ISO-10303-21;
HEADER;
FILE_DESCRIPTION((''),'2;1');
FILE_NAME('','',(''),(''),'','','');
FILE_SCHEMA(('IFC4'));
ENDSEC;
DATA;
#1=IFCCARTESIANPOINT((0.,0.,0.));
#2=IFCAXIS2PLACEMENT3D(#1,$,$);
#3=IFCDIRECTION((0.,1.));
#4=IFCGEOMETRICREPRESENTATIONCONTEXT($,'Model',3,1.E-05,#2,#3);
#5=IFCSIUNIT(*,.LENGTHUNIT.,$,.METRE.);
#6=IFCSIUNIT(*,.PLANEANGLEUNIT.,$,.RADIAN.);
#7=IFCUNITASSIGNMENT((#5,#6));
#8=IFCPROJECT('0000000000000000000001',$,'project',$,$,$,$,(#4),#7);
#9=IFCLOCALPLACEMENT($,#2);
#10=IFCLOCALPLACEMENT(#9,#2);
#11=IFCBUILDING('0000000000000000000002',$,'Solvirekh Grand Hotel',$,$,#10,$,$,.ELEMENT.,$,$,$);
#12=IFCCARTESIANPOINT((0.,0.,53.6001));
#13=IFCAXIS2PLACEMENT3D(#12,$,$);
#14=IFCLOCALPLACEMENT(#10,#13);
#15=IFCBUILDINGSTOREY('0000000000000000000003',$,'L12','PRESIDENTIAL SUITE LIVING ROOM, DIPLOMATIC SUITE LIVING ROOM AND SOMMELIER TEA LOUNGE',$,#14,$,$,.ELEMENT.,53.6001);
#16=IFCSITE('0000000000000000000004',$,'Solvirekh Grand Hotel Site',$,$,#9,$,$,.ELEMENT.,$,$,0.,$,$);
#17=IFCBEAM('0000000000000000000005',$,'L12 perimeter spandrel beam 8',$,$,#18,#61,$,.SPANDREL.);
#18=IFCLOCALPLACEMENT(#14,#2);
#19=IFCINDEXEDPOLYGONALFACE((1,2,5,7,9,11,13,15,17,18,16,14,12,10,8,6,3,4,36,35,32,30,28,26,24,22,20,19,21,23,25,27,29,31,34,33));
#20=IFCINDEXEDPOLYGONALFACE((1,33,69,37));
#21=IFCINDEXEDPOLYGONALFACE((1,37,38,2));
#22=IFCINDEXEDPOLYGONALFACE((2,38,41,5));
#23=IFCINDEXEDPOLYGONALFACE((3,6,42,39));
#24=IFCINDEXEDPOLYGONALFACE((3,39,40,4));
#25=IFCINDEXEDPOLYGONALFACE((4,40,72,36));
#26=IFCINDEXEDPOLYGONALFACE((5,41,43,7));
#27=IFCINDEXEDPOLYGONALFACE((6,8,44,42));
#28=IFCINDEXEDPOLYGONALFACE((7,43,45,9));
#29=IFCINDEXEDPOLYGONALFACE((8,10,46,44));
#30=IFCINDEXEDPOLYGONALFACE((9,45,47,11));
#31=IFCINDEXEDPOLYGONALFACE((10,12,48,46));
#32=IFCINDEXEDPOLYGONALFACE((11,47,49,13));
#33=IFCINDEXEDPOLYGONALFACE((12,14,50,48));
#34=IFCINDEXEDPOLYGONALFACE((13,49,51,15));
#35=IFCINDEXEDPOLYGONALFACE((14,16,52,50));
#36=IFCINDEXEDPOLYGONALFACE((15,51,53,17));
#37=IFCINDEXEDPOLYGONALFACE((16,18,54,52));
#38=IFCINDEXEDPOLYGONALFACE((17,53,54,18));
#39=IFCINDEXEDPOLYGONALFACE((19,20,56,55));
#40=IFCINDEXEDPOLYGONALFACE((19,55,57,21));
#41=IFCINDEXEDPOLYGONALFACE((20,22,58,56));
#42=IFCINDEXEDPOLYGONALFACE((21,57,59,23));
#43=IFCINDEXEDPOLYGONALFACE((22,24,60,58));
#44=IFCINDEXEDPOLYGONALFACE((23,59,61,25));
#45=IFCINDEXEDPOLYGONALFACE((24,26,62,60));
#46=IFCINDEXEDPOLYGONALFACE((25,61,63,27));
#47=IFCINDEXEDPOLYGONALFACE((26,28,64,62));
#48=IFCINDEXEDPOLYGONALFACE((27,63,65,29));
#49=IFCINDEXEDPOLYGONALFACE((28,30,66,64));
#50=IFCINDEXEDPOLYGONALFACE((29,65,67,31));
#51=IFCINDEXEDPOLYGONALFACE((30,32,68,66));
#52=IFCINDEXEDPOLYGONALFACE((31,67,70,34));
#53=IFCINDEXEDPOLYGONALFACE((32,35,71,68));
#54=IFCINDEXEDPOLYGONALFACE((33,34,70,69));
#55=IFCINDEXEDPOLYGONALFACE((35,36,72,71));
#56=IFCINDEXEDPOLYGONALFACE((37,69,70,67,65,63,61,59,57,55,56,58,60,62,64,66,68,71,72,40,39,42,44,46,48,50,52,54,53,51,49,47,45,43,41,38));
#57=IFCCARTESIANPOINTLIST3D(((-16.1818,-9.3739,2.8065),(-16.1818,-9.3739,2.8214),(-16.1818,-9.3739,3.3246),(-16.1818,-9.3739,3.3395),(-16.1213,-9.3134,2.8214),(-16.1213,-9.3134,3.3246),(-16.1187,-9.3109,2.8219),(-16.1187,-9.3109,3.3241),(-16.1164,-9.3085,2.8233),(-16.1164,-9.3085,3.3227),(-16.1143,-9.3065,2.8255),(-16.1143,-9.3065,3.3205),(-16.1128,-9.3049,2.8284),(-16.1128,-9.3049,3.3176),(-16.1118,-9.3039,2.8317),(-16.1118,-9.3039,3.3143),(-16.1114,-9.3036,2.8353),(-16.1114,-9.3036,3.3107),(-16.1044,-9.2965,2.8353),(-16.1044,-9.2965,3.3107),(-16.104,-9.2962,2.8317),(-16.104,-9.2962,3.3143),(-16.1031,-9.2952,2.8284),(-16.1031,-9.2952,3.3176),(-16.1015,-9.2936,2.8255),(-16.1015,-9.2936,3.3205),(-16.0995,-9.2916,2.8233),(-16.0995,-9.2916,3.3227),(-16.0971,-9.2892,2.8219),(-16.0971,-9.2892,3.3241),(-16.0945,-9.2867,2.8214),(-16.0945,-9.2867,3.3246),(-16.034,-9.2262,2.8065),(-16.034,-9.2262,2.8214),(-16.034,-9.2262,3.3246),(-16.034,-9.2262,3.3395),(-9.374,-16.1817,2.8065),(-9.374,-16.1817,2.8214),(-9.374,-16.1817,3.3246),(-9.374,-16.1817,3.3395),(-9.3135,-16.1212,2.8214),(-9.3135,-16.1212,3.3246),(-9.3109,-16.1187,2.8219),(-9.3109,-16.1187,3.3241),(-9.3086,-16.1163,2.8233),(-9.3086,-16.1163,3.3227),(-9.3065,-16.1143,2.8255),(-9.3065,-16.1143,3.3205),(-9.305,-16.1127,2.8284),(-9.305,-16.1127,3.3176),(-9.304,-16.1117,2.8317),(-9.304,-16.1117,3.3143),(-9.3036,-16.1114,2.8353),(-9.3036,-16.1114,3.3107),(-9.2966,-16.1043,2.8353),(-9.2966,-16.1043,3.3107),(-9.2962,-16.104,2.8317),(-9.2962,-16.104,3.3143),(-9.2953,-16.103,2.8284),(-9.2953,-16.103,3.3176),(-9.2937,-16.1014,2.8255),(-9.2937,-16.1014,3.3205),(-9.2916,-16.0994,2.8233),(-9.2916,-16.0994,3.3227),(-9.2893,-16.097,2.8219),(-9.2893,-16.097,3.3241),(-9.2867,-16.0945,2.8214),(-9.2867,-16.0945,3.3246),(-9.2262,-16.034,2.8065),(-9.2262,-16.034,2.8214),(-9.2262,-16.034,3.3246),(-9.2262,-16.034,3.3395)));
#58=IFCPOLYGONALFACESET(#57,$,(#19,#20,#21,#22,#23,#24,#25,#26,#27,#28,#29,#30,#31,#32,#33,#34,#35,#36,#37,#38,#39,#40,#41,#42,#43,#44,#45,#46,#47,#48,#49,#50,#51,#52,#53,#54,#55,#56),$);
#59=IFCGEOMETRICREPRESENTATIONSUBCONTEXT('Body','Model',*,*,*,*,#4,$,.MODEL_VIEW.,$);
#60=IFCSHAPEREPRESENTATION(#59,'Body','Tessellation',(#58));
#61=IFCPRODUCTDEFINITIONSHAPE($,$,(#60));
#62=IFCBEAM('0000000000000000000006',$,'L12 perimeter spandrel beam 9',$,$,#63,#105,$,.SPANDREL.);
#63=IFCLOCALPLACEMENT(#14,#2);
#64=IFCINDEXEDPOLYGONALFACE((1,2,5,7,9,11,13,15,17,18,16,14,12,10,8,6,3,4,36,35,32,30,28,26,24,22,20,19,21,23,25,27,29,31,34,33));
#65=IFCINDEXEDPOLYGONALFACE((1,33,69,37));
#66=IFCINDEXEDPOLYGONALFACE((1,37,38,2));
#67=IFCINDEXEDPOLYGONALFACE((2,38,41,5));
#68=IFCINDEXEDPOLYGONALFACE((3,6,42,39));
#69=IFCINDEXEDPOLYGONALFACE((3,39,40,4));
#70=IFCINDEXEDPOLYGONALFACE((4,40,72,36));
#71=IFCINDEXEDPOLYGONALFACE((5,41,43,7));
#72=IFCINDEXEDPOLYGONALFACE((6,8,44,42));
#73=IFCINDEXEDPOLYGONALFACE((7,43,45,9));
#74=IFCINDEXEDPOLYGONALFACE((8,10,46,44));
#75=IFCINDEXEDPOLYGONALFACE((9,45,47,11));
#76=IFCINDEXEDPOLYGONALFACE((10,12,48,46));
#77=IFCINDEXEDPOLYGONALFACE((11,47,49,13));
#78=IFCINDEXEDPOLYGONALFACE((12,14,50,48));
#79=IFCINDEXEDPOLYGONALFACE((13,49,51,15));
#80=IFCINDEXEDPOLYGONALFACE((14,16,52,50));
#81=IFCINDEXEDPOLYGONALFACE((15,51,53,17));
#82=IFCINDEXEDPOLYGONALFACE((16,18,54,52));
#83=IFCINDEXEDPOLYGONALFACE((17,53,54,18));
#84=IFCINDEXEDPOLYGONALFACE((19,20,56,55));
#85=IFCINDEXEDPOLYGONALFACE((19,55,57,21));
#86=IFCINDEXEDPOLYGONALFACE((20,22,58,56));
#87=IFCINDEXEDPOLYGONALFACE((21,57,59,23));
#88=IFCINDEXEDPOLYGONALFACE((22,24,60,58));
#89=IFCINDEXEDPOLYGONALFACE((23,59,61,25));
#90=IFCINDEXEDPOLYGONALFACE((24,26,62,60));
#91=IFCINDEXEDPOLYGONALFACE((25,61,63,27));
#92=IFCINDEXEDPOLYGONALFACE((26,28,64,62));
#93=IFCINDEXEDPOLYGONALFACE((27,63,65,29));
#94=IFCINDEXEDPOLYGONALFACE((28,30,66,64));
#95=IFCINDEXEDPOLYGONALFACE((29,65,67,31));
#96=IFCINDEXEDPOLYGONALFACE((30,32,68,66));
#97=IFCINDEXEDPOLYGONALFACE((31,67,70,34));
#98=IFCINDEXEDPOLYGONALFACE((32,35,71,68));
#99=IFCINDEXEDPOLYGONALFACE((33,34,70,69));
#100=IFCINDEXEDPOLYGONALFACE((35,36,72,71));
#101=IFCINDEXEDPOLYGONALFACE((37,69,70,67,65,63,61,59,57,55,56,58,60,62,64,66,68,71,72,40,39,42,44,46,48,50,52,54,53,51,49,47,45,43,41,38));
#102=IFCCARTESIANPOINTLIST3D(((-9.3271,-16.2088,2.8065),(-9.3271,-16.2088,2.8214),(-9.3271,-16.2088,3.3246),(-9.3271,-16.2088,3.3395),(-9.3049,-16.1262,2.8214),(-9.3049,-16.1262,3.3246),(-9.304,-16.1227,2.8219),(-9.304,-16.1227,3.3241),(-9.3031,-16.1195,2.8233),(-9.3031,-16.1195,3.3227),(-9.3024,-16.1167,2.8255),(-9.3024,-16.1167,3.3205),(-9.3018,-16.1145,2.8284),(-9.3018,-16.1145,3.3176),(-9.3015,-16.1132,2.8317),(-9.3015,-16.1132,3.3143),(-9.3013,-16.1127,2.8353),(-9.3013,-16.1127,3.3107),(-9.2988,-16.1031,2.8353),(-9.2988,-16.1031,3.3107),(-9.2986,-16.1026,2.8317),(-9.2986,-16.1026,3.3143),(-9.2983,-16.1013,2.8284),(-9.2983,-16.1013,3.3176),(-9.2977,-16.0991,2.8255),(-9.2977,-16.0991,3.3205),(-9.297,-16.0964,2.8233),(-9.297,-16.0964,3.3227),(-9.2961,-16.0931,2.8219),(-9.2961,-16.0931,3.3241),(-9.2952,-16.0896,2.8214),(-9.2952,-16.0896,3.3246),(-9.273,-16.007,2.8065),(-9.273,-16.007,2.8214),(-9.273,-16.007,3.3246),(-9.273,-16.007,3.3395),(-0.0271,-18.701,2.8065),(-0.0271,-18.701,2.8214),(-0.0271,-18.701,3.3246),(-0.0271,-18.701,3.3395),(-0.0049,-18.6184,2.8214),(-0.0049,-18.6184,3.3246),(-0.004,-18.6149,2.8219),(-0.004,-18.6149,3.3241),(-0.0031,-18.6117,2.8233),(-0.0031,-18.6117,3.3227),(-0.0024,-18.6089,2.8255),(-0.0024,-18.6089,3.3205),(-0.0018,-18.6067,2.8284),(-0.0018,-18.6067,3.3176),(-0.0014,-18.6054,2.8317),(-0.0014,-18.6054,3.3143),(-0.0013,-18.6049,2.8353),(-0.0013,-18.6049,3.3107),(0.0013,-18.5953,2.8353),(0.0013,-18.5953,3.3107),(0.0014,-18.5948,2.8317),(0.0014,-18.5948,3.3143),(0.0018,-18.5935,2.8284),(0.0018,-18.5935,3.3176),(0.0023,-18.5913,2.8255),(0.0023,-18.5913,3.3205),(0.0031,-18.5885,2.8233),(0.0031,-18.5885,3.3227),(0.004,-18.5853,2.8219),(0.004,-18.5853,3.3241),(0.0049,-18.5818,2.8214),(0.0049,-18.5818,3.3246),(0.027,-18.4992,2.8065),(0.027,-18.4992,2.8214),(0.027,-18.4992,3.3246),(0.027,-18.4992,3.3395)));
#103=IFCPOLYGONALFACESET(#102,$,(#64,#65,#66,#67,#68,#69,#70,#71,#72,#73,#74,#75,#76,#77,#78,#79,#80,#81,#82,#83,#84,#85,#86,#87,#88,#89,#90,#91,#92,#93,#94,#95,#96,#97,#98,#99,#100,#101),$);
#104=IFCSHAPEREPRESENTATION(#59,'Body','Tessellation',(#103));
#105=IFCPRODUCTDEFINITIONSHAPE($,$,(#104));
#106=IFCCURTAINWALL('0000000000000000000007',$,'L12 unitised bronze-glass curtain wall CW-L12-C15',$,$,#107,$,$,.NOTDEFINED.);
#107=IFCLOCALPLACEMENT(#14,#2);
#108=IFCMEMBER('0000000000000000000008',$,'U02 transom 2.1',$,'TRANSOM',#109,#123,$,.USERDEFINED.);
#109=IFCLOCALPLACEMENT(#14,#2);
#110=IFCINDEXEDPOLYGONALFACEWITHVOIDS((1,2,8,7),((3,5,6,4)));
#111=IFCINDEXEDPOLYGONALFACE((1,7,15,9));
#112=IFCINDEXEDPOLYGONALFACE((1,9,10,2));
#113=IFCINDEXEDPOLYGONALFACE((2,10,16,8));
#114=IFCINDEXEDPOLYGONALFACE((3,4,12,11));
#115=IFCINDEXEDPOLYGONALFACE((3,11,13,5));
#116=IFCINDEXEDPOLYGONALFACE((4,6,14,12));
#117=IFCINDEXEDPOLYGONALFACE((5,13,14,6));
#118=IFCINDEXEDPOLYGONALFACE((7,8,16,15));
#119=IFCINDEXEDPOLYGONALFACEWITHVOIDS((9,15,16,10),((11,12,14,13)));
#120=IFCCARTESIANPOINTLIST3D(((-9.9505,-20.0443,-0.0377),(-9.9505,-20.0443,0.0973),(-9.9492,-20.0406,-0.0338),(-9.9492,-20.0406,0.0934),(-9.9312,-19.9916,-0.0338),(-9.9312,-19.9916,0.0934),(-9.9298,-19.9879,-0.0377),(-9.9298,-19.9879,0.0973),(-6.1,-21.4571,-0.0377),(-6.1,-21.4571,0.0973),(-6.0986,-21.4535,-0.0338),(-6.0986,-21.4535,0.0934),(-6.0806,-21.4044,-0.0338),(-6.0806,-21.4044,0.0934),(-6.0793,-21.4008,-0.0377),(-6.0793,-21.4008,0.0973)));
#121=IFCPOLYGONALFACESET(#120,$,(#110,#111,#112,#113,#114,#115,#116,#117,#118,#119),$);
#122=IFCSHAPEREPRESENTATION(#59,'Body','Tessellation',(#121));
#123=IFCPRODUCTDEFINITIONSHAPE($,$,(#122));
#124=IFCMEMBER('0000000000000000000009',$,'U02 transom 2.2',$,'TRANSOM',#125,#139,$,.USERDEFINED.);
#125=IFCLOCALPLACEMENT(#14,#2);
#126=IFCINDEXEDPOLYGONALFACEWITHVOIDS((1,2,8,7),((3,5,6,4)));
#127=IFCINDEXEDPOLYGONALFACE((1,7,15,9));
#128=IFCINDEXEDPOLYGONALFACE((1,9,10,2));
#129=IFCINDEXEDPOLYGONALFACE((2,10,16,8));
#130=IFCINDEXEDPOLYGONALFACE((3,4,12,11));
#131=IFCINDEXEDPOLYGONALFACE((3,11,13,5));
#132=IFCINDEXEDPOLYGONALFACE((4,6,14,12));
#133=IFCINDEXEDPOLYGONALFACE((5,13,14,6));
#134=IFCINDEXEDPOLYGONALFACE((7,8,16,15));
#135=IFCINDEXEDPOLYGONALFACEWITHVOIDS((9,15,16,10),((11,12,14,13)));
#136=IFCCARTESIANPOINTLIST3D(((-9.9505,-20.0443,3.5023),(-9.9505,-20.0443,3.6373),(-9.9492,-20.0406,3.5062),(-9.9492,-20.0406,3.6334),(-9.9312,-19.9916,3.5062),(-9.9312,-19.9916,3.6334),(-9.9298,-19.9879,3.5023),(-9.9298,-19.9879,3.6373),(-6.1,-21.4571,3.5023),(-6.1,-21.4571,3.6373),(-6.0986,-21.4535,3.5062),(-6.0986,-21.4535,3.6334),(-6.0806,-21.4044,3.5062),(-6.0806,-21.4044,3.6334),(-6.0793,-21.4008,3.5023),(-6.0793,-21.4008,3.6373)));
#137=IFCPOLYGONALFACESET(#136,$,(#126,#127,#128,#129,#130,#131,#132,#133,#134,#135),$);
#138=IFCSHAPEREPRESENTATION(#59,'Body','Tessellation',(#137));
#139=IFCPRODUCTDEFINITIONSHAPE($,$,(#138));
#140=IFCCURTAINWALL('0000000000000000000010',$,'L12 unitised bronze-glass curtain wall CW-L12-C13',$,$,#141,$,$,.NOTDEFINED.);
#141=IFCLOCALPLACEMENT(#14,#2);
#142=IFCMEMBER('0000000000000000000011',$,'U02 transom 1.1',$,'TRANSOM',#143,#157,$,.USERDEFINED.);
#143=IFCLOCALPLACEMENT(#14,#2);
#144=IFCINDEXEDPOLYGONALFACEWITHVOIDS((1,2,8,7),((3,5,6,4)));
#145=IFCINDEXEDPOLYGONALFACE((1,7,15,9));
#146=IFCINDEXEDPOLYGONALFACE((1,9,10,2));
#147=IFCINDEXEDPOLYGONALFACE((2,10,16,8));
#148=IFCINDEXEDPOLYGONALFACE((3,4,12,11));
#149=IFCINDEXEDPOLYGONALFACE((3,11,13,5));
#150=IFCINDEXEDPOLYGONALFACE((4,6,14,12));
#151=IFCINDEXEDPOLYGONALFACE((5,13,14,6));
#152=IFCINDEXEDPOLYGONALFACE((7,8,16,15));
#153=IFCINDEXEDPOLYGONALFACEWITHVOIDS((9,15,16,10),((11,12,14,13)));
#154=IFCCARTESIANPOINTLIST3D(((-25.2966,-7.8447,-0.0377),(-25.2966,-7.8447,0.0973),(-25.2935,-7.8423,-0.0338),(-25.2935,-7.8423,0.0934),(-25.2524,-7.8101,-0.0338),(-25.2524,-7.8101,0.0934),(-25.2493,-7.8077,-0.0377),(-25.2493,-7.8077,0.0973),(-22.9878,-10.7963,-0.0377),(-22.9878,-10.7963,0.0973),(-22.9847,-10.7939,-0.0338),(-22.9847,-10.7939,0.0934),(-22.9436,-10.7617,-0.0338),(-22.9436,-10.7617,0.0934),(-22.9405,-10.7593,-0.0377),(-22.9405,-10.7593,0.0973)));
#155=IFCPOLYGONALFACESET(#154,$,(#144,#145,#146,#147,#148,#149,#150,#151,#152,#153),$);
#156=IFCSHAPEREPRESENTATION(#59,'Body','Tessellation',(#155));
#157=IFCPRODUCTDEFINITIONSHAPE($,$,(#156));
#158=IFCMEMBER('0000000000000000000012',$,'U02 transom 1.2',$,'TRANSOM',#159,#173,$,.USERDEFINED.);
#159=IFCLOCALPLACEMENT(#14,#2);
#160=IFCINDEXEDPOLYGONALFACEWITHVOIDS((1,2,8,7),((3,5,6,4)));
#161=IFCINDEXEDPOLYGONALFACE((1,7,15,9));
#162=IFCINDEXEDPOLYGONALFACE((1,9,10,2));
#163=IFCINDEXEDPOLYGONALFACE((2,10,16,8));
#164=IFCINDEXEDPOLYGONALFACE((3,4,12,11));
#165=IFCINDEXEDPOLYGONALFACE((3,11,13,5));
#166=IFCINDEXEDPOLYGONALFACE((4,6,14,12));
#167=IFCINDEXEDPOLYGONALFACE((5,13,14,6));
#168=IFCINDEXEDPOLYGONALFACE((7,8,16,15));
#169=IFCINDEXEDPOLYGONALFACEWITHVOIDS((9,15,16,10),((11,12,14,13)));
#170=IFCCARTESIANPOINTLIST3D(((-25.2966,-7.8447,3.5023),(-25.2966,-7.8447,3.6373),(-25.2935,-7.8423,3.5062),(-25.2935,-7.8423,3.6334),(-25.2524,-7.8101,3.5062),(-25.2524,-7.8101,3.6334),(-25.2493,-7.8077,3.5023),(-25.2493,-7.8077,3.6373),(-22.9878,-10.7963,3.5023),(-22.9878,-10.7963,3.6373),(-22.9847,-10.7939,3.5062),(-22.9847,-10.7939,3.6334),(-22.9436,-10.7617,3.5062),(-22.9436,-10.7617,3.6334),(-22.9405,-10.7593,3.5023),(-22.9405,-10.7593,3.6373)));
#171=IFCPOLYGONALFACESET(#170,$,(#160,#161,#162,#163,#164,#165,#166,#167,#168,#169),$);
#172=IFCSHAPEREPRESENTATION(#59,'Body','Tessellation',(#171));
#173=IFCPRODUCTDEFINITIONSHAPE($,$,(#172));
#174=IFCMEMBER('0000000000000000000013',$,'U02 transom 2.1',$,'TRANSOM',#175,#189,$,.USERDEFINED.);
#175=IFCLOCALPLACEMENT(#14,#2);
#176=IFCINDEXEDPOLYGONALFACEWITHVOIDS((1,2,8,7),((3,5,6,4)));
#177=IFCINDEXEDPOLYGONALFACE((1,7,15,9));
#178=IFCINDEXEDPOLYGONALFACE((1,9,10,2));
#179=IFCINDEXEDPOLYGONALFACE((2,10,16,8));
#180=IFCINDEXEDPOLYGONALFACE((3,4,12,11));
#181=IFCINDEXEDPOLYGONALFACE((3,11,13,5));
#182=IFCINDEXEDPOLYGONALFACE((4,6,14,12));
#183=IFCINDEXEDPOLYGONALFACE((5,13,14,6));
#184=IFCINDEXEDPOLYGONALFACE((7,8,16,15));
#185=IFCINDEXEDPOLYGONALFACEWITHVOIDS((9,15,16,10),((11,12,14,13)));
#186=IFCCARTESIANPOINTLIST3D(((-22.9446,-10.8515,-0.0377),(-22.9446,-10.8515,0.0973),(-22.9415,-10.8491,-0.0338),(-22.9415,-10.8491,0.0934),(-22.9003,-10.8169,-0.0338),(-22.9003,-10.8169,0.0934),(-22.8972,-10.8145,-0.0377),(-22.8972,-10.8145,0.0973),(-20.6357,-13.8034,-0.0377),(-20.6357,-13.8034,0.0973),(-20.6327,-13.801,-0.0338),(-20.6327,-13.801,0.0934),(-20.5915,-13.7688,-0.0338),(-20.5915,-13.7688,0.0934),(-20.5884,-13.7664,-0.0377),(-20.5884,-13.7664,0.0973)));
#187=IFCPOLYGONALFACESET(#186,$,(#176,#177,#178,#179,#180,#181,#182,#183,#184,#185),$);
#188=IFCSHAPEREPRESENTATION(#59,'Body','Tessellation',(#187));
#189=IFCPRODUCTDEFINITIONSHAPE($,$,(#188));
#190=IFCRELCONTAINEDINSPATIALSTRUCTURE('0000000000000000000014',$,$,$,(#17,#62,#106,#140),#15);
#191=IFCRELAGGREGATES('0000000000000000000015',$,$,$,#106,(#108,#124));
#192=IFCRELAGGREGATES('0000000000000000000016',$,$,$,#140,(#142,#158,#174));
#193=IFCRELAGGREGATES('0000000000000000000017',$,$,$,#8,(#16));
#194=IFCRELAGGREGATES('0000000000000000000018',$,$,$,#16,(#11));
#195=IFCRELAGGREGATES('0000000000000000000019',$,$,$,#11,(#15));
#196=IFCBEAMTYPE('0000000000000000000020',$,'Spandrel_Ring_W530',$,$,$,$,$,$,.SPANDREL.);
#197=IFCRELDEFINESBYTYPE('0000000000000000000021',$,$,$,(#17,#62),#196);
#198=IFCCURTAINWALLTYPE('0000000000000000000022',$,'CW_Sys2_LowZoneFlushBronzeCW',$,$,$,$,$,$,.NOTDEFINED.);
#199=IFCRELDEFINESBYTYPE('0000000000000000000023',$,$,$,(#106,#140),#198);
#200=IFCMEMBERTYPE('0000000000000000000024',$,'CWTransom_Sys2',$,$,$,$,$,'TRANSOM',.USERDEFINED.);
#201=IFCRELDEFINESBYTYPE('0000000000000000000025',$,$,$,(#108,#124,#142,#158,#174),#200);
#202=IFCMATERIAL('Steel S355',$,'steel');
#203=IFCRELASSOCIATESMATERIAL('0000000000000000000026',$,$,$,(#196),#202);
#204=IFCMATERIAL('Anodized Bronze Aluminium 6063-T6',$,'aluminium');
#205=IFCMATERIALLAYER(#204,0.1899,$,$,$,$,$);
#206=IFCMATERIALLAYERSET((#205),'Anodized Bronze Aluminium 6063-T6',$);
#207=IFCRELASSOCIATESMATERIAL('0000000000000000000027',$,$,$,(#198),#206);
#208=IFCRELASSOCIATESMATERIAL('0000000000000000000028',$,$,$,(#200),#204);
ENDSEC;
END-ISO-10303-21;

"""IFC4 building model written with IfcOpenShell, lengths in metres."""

from ifc_helpers import new_model, si_unit, direction, frame, origin, origin_2d, place, context, subcontext, project, spatial, hollow_rectangle, i_section, extrude, source, transform, mapped, material, layer, layer_set, material_profile, profile_set, type_object, element, aggregate, save


model = new_model("IFC4")

# Units and contexts
model_context = context("Model", 3, precision=1e-05, world=origin(), true_north=direction((0.0, 1.0)))
body_context = subcontext(model_context, "Body", "Model", "MODEL_VIEW")
ifc_project = project(units=[si_unit("LENGTHUNIT", "METRE"), si_unit("PLANEANGLEUNIT", "RADIAN")], contexts=[model_context])

# Site, building, storey
site_placement = place(None, origin())
site = spatial("IfcSite", under=ifc_project, at=site_placement, Name="Solvirekh Grand Hotel Site", CompositionType="ELEMENT", RefElevation=0.0)
building_placement = place(site_placement, origin())
building = spatial("IfcBuilding", under=site, at=building_placement, Name="Solvirekh Grand Hotel", CompositionType="ELEMENT")
storey_placement = place(building_placement, frame((0.0, 0.0, 53.6001)))
storey = spatial("IfcBuildingStorey", under=building, at=storey_placement, Name="L12", Description="PRESIDENTIAL SUITE LIVING ROOM, DIPLOMATIC SUITE LIVING ROOM AND SOMMELIER TEA LOUNGE", CompositionType="ELEMENT", Elevation=53.6001)

# Beams
ifc_material_1 = material(Name="Steel S355", Category="steel")
ifc_material_profile_1 = material_profile(ifc_material_1, i_section(OverallWidth=0.209, OverallDepth=0.533, WebThickness=0.01, FlangeThickness=0.0149, FilletRadius=0.0139, at=origin_2d()), Name="W530X92")
ifc_profile_set_1 = profile_set([ifc_material_profile_1], Name="Steel S355")
beam_type = type_object("IfcBeamType", Name="Spandrel_Ring_W530", PredefinedType="SPANDREL", material=ifc_profile_set_1)
beam_1_placement = place(storey_placement, frame((-16.1079, -9.3, 3.073), z_axis=(0.707107, -0.707107, 0.0), x_axis=(0.707107, 0.707107, 0.0)))
element("IfcBeam", 1, at=beam_1_placement, inside=storey, type_object=beam_type, Name="L12 perimeter spandrel beam 8", PredefinedType="SPANDREL", context=body_context, shape_type="SweptSolid", body=[
    extrude(i_section(OverallWidth=0.209, OverallDepth=0.533, WebThickness=0.01, FlangeThickness=0.0149, FilletRadius=0.0139, at=origin_2d()), origin(), (0.0, 0.0, 1.0), 9.6277),
])
beam_2_placement = place(storey_placement, frame((-9.3, -16.1079, 3.073), z_axis=(0.965919, -0.258843, 0.0), x_axis=(0.258843, 0.965919, 0.0)))
element("IfcBeam", 2, at=beam_2_placement, inside=storey, type_object=beam_type, Name="L12 perimeter spandrel beam 9", PredefinedType="SPANDREL", context=body_context, shape_type="SweptSolid", body=[
    extrude(i_section(OverallWidth=0.209, OverallDepth=0.533, WebThickness=0.01, FlangeThickness=0.0149, FilletRadius=0.0139, at=origin_2d()), origin(), (0.0, 0.0, 1.0), 9.6282),
])

# Curtain walls, members
ifc_material_2 = material(Name="Anodized Bronze Aluminium 6063-T6", Category="aluminium")
ifc_layer_1 = layer(ifc_material_2, 0.1899)
ifc_layer_set_1 = layer_set([ifc_layer_1], Name="Anodized Bronze Aluminium 6063-T6")
curtain_wall_type = type_object("IfcCurtainWallType", Name="CW_Sys2_LowZoneFlushBronzeCW", PredefinedType="NOTDEFINED", material=ifc_layer_set_1)
curtain_wall_1_placement = place(storey_placement, origin())
curtain_wall_1 = element("IfcCurtainWall", 3, at=curtain_wall_1_placement, inside=storey, type_object=curtain_wall_type, Name="L12 unitised bronze-glass curtain wall CW-L12-C15", PredefinedType="NOTDEFINED")
ifc_material_profile_2 = material_profile(ifc_material_2, hollow_rectangle(XDim=0.0601, YDim=0.135, WallThickness=0.0039, at=origin_2d()), Name="ALU RHS 135X60X4")
ifc_profile_set_2 = profile_set([ifc_material_profile_2], Name="Anodized Bronze Aluminium 6063-T6")
member_type_1 = type_object("IfcMemberType", Name="CWTransom_Sys2", ElementType="TRANSOM", PredefinedType="USERDEFINED", material=ifc_profile_set_2)
shared_shape_1 = source(origin(), body_context, "Body", "SweptSolid", [
    extrude(hollow_rectangle(XDim=0.0601, YDim=0.135, WallThickness=0.0039, at=origin_2d()), origin(), (0.0, 0.0, 1.0), 4.1016),
])
member_1_placement = place(storey_placement, frame((-9.9402, -20.0161, 0.0298), z_axis=(0.938801, -0.344461, 0.0), x_axis=(0.344461, 0.938801, 0.0)))
member_1 = element("IfcMember", 4, at=member_1_placement, type_object=member_type_1, Name="U02 transom 2.1", ObjectType="TRANSOM", PredefinedType="USERDEFINED", context=body_context, shape_type="MappedRepresentation", body=[
    mapped(shared_shape_1, transform((0.0, 0.0, 0.0), x_axis=(1.0, 0.0, 0.0), y_axis=(0.0, 1.0, 0.0), z_axis=(0.0, 0.0, 1.0), scale=1.0)),
])
member_2_placement = place(storey_placement, frame((-9.9402, -20.0161, 3.5698), z_axis=(0.938801, -0.344461, 0.0), x_axis=(0.344461, 0.938801, 0.0)))
member_2 = element("IfcMember", 5, at=member_2_placement, type_object=member_type_1, Name="U02 transom 2.2", ObjectType="TRANSOM", PredefinedType="USERDEFINED", context=body_context, shape_type="MappedRepresentation", body=[
    mapped(shared_shape_1, transform((0.0, 0.0, 0.0), x_axis=(1.0, 0.0, 0.0), y_axis=(0.0, 1.0, 0.0), z_axis=(0.0, 0.0, 1.0), scale=1.0)),
])
curtain_wall_2_placement = place(storey_placement, origin())
curtain_wall_2 = element("IfcCurtainWall", 6, at=curtain_wall_2_placement, inside=storey, type_object=curtain_wall_type, Name="L12 unitised bronze-glass curtain wall CW-L12-C13", PredefinedType="NOTDEFINED")
shared_shape_2 = source(origin(), body_context, "Body", "SweptSolid", [
    extrude(hollow_rectangle(XDim=0.0601, YDim=0.135, WallThickness=0.0039, at=origin_2d()), origin(), (0.0, 0.0, 1.0), 3.7473),
])
member_3_placement = place(storey_placement, frame((-25.2729, -7.8262, 0.0298), z_axis=(0.616117, -0.787655, 0.0), x_axis=(0.787655, 0.616117, 0.0)))
member_3 = element("IfcMember", 7, at=member_3_placement, type_object=member_type_1, Name="U02 transom 1.1", ObjectType="TRANSOM", PredefinedType="USERDEFINED", context=body_context, shape_type="MappedRepresentation", body=[
    mapped(shared_shape_2, transform((0.0, 0.0, 0.0), x_axis=(1.0, 0.0, 0.0), y_axis=(0.0, 1.0, 0.0), z_axis=(0.0, 0.0, 1.0), scale=1.0)),
])
member_4_placement = place(storey_placement, frame((-25.2729, -7.8262, 3.5698), z_axis=(0.616117, -0.787655, 0.0), x_axis=(0.787655, 0.616117, 0.0)))
member_4 = element("IfcMember", 8, at=member_4_placement, type_object=member_type_1, Name="U02 transom 1.2", ObjectType="TRANSOM", PredefinedType="USERDEFINED", context=body_context, shape_type="MappedRepresentation", body=[
    mapped(shared_shape_2, transform((0.0, 0.0, 0.0), x_axis=(1.0, 0.0, 0.0), y_axis=(0.0, 1.0, 0.0), z_axis=(0.0, 0.0, 1.0), scale=1.0)),
])
shared_shape_3 = source(origin(), body_context, "Body", "SweptSolid", [
    extrude(hollow_rectangle(XDim=0.0601, YDim=0.135, WallThickness=0.0039, at=origin_2d()), origin(), (0.0, 0.0, 1.0), 3.7476),
])
member_5_placement = place(storey_placement, frame((-22.9209, -10.833, 0.0298), z_axis=(0.616085, -0.78768, 0.0), x_axis=(0.78768, 0.616085, 0.0)))
member_5 = element("IfcMember", 9, at=member_5_placement, type_object=member_type_1, Name="U02 transom 2.1", ObjectType="TRANSOM", PredefinedType="USERDEFINED", context=body_context, shape_type="MappedRepresentation", body=[
    mapped(shared_shape_3, transform((0.0, 0.0, 0.0), x_axis=(1.0, 0.0, 0.0), y_axis=(0.0, 1.0, 0.0), z_axis=(0.0, 0.0, 1.0), scale=1.0)),
])

aggregate(curtain_wall_1, [member_1, member_2])
aggregate(curtain_wall_2, [member_3, member_4, member_5])

save(model, "model.ifc")
